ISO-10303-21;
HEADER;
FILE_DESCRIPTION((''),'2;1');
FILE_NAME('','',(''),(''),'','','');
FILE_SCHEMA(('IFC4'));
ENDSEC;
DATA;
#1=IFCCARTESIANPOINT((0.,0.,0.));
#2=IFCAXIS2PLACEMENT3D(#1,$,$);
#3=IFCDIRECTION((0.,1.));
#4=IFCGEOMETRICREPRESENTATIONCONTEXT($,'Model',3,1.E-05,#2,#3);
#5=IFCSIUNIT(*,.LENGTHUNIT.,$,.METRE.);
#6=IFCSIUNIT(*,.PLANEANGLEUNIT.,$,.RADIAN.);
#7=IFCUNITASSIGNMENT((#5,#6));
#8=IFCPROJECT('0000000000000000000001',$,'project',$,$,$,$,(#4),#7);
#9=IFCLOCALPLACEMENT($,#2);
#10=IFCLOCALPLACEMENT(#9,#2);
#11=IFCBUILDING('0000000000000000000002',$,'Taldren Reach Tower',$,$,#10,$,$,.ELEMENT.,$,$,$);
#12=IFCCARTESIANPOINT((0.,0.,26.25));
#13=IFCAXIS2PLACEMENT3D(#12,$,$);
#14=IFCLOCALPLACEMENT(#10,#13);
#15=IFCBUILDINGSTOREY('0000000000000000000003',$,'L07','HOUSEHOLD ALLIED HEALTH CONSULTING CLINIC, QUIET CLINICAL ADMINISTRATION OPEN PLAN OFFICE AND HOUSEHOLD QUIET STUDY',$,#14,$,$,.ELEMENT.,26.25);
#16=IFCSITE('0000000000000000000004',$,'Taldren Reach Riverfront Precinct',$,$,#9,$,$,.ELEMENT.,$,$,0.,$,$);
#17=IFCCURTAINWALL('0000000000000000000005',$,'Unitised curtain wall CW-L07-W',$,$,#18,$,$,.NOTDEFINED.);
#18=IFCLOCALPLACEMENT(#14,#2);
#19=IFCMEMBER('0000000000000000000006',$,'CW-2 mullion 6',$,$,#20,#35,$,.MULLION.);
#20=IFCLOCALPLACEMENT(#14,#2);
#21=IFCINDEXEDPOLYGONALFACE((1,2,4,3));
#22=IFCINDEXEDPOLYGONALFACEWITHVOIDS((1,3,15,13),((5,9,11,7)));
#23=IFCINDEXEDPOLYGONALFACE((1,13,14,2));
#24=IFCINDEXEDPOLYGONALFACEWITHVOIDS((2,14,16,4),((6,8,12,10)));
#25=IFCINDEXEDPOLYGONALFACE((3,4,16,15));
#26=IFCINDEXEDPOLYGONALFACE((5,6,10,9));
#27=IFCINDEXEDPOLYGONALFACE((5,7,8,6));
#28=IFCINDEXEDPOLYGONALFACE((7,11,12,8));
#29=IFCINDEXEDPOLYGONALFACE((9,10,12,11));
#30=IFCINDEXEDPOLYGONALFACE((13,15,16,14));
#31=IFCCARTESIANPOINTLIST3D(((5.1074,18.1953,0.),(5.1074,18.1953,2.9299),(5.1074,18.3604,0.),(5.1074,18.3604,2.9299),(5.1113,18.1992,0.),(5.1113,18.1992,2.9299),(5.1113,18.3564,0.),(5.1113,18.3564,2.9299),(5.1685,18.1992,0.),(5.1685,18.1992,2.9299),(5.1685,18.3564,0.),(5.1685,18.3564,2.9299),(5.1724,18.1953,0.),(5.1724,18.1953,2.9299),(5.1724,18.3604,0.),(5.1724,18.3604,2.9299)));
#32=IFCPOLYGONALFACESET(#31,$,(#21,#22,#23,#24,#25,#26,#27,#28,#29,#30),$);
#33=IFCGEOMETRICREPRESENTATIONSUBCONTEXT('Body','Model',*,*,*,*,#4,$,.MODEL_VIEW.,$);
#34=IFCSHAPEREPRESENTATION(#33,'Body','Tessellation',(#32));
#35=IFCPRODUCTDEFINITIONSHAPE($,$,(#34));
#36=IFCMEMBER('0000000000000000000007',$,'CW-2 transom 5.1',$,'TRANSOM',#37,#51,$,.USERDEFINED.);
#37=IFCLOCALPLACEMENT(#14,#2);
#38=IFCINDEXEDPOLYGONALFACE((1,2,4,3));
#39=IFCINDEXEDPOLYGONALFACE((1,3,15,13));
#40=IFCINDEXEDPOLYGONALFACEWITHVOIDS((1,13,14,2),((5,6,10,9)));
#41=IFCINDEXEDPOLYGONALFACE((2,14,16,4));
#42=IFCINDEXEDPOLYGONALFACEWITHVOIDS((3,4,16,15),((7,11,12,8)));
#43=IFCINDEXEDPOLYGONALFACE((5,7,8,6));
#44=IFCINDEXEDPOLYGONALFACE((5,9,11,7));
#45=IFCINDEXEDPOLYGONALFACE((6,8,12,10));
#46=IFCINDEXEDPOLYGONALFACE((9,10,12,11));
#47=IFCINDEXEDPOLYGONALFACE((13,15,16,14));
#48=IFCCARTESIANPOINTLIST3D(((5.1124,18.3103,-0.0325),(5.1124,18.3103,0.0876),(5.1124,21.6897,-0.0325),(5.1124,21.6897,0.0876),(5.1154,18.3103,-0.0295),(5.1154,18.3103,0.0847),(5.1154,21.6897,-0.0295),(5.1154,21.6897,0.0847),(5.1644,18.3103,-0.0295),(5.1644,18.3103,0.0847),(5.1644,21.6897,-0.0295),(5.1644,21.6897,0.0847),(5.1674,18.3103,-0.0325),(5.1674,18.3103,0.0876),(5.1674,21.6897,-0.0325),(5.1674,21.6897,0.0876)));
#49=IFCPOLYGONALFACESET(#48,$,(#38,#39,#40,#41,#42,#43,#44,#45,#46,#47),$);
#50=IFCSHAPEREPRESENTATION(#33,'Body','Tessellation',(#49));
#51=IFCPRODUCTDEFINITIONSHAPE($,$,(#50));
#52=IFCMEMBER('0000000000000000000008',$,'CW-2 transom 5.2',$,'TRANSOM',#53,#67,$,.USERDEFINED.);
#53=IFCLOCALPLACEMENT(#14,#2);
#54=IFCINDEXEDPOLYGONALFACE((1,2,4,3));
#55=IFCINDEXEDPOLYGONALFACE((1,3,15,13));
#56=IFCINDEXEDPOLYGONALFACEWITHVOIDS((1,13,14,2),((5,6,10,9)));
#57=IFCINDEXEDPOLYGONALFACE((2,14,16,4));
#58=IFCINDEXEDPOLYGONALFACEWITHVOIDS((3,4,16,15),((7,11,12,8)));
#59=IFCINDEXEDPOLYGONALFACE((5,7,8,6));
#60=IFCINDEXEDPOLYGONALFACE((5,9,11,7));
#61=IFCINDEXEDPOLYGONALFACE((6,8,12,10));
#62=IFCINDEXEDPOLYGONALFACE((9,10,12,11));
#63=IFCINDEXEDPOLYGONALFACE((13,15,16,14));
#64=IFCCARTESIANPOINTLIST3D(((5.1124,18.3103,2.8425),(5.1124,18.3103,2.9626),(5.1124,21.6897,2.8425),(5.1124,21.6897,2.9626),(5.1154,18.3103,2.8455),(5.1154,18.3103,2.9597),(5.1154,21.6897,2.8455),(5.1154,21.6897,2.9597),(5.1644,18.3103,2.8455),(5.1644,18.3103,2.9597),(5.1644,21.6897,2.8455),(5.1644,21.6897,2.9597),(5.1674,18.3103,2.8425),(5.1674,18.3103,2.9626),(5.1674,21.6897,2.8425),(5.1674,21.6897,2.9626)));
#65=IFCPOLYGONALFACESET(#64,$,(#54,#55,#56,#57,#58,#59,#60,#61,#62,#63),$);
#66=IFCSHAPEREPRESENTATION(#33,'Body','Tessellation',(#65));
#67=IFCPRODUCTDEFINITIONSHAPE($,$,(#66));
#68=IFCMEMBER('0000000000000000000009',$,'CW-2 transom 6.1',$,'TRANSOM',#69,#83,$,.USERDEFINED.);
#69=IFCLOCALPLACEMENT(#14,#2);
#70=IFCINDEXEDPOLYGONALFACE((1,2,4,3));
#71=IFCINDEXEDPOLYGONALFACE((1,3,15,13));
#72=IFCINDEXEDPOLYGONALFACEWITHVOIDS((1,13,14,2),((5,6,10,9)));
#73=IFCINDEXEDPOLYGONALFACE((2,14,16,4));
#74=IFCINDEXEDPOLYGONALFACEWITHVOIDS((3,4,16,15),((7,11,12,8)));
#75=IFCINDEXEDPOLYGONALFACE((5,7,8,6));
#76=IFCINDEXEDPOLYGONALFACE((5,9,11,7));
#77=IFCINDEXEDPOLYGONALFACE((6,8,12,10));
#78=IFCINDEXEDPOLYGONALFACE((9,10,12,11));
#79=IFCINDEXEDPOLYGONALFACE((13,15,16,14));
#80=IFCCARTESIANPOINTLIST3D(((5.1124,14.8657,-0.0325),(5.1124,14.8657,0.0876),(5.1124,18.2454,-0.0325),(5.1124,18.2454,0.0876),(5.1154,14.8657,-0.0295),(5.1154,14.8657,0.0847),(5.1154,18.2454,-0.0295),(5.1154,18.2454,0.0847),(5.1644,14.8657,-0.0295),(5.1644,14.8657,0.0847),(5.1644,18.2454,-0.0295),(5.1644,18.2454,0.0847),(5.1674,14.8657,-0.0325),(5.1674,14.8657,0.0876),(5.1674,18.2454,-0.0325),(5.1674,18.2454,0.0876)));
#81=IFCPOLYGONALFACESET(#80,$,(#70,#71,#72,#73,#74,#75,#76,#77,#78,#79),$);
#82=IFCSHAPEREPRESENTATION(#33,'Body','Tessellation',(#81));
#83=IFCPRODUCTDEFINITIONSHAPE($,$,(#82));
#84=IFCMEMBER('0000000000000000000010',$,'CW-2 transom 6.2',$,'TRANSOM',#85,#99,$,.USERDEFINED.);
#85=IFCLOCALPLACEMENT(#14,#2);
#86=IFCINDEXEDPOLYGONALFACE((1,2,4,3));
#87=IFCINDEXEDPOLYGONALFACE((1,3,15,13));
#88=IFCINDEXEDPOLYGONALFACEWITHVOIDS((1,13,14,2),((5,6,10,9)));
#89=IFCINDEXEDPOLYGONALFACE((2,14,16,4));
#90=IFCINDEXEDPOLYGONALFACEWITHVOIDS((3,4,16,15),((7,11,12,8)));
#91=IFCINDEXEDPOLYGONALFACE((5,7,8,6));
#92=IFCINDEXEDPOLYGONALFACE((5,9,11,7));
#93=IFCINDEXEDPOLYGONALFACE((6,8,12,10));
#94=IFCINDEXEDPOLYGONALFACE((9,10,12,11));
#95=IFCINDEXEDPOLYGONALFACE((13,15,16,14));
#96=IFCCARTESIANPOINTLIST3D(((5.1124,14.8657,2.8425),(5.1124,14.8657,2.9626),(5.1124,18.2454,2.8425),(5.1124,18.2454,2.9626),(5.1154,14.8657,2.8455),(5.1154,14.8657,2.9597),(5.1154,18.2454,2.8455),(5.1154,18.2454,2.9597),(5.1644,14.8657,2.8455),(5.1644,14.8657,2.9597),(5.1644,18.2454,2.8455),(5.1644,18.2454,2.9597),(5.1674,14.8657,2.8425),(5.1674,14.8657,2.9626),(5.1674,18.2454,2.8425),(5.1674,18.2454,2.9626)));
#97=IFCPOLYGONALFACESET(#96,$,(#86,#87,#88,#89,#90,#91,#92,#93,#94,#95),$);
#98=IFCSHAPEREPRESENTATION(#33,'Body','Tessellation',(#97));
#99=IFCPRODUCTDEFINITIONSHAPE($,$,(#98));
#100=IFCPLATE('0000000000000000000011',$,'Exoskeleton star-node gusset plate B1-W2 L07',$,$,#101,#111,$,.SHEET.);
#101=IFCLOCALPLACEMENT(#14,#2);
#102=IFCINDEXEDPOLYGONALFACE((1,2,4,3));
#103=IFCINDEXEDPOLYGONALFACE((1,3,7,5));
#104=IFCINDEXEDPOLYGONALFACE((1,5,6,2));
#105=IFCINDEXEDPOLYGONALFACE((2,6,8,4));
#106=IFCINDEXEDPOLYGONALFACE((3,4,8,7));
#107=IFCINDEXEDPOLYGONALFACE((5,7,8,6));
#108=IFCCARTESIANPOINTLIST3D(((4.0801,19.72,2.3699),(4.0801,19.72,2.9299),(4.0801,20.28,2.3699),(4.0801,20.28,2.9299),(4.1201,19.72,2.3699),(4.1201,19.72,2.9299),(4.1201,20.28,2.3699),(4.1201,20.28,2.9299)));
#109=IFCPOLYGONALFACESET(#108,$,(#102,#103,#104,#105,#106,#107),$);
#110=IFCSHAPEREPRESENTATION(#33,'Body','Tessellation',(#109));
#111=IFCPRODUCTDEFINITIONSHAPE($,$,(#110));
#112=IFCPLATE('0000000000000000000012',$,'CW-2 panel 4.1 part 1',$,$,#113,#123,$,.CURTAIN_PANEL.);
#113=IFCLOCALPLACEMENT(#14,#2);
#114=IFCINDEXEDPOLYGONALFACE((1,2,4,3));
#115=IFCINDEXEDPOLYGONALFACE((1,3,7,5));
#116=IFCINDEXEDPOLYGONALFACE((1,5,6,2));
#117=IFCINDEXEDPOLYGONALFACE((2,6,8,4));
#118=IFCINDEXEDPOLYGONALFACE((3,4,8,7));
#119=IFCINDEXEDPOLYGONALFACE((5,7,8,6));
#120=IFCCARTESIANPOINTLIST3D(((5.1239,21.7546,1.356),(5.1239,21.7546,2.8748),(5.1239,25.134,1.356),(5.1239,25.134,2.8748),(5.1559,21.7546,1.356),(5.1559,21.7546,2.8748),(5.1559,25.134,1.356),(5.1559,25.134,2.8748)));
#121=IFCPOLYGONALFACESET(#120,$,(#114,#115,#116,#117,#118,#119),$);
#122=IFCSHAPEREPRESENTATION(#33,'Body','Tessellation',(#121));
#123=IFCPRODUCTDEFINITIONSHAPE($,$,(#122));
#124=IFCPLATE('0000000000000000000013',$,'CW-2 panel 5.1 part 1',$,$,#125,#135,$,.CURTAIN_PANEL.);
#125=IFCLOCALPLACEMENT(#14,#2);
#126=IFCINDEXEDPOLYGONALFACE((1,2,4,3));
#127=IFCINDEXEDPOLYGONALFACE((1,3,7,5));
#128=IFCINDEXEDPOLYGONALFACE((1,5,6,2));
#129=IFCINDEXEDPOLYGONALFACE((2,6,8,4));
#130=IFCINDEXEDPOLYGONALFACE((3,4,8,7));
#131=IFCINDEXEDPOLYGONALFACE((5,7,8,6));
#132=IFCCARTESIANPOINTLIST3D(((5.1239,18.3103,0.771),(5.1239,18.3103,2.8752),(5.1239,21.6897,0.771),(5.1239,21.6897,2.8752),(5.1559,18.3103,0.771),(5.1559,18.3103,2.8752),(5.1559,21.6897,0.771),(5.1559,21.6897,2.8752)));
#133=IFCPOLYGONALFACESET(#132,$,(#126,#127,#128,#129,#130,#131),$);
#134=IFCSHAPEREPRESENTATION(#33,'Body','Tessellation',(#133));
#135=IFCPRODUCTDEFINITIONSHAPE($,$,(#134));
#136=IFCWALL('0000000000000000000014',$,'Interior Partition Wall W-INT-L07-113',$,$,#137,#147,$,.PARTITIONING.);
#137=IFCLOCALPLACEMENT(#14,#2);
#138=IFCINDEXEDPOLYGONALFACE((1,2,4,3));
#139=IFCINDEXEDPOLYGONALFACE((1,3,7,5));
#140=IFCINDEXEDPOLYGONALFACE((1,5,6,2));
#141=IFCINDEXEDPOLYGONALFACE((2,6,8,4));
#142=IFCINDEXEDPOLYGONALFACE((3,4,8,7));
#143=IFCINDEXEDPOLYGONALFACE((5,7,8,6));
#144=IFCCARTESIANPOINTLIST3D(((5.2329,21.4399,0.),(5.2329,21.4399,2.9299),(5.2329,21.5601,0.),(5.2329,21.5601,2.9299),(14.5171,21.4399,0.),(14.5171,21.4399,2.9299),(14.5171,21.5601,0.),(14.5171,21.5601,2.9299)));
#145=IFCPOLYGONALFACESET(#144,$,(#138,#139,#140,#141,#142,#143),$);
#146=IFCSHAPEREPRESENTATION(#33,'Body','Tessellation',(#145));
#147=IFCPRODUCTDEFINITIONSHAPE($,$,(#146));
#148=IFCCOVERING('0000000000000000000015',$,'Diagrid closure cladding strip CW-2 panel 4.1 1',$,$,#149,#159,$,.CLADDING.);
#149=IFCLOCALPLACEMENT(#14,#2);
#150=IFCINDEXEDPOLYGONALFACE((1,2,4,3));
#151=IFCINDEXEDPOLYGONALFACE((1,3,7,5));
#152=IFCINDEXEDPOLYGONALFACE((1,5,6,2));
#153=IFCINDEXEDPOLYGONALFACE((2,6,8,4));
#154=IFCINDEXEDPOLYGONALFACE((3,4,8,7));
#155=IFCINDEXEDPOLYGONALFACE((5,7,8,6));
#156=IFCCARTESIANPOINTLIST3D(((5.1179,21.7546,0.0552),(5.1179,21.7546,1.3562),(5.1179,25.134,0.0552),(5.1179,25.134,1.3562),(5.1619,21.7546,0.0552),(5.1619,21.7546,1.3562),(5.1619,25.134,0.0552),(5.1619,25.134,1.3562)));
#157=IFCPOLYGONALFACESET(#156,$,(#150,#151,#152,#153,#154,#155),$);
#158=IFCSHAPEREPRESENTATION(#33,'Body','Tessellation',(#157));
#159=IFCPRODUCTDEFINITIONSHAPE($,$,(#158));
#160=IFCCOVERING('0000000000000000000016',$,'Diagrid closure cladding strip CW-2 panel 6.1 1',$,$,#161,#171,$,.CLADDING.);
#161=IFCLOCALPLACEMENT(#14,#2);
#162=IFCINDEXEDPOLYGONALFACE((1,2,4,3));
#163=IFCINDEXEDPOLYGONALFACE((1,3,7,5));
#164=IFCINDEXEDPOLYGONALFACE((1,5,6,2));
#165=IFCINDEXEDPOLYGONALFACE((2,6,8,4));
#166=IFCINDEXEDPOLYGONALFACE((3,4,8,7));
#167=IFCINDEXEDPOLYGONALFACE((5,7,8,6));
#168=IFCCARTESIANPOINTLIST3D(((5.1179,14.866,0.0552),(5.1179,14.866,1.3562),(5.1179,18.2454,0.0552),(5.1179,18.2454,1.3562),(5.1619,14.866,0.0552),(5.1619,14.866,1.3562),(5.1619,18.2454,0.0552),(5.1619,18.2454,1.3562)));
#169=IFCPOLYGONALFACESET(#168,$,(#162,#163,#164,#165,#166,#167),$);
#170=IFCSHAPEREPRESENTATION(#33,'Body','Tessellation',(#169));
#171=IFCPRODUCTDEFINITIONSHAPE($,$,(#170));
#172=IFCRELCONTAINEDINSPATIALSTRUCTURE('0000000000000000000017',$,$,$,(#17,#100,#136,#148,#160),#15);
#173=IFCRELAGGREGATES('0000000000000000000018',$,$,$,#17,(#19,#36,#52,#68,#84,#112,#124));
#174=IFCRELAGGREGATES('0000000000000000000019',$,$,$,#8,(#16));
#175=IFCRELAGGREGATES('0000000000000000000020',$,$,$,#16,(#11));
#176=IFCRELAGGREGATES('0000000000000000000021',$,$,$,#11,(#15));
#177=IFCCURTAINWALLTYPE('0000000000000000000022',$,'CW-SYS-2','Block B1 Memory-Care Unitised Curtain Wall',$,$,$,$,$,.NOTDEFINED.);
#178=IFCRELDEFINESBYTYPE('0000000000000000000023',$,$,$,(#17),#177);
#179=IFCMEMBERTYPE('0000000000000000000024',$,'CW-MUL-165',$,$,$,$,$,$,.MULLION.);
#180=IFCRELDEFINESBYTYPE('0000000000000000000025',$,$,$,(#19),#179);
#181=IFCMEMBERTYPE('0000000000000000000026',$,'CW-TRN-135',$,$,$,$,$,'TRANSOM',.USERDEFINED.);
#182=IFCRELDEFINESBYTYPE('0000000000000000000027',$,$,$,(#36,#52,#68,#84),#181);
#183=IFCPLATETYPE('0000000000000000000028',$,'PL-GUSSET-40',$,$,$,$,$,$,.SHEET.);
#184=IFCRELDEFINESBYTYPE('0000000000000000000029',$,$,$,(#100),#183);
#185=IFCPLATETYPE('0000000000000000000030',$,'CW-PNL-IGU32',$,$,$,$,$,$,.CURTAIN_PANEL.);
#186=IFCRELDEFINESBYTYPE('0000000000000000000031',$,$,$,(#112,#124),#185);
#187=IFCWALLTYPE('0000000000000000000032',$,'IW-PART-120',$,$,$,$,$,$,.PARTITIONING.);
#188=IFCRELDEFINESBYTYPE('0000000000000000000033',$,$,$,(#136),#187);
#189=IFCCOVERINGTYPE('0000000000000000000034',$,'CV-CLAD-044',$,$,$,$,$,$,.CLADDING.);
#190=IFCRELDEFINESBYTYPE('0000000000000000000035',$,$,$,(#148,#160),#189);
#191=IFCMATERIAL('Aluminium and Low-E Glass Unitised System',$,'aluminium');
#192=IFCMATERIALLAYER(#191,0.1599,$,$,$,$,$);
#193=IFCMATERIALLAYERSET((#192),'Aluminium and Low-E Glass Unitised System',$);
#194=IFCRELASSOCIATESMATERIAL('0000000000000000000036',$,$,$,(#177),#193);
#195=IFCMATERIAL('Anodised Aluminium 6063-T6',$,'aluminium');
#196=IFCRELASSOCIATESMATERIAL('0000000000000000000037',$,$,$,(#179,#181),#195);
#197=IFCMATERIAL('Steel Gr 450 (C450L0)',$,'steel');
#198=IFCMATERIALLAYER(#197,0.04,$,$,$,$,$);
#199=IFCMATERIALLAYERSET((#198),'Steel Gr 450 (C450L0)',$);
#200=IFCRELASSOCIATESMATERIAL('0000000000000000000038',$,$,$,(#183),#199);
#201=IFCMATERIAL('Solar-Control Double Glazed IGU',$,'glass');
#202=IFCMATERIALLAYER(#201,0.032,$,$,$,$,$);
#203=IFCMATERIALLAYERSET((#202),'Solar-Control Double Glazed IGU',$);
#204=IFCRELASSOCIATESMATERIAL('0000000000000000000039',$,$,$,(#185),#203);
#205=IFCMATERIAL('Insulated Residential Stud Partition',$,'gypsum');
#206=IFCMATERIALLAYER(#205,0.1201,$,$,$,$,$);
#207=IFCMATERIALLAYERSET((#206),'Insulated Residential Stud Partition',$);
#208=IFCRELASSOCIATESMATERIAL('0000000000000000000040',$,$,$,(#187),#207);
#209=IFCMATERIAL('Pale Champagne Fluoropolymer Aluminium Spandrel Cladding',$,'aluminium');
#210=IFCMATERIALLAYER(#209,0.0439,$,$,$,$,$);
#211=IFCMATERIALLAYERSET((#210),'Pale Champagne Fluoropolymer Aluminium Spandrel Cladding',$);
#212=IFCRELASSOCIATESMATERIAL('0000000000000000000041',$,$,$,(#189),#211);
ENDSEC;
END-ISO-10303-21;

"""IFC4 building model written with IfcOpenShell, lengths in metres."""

from ifc_helpers import new_model, si_unit, direction, frame, frame_2d, origin, origin_2d, place, context, subcontext, project, spatial, rectangle, hollow_rectangle, extrude, source, transform, mapped, material, layer, layer_set, material_profile, profile_set, type_object, element, aggregate, save


model = new_model("IFC4")

# Units and contexts
model_context = context("Model", 3, precision=1e-05, world=origin(), true_north=direction((0.0, 1.0)))
body_context = subcontext(model_context, "Body", "Model", "MODEL_VIEW")
ifc_project = project(units=[si_unit("LENGTHUNIT", "METRE"), si_unit("PLANEANGLEUNIT", "RADIAN")], contexts=[model_context])

# Site, building, storey
site_placement = place(None, origin())
site = spatial("IfcSite", under=ifc_project, at=site_placement, Name="Taldren Reach Riverfront Precinct", CompositionType="ELEMENT", RefElevation=0.0)
building_placement = place(site_placement, origin())
building = spatial("IfcBuilding", under=site, at=building_placement, Name="Taldren Reach Tower", CompositionType="ELEMENT")
storey_placement = place(building_placement, frame((0.0, 0.0, 26.25)))
storey = spatial("IfcBuildingStorey", under=building, at=storey_placement, Name="L07", Description="HOUSEHOLD ALLIED HEALTH CONSULTING CLINIC, QUIET CLINICAL ADMINISTRATION OPEN PLAN OFFICE AND HOUSEHOLD QUIET STUDY", CompositionType="ELEMENT", Elevation=26.25)

# Shared definitions
ifc_material_1 = material(Name="Steel Gr 450 (C450L0)", Category="steel")

# Curtain wall, members
ifc_material_2 = material(Name="Aluminium and Low-E Glass Unitised System", Category="aluminium")
ifc_layer_1 = layer(ifc_material_2, 0.1599)
ifc_layer_set_1 = layer_set([ifc_layer_1], Name="Aluminium and Low-E Glass Unitised System")
curtain_wall_type = type_object("IfcCurtainWallType", Name="CW-SYS-2", Description="Block B1 Memory-Care Unitised Curtain Wall", PredefinedType="NOTDEFINED", material=ifc_layer_set_1)
curtain_wall_placement = place(storey_placement, origin())
curtain_wall = element("IfcCurtainWall", 1, at=curtain_wall_placement, inside=storey, type_object=curtain_wall_type, Name="Unitised curtain wall CW-L07-W", PredefinedType="NOTDEFINED")
ifc_material_3 = material(Name="Anodised Aluminium 6063-T6", Category="aluminium")
ifc_material_profile_1 = material_profile(ifc_material_3, hollow_rectangle(XDim=0.0649, YDim=0.165, WallThickness=0.0039, at=origin_2d()), Name="ALU-165x65x4RHS")
ifc_profile_set_1 = profile_set([ifc_material_profile_1], Name="Anodised Aluminium 6063-T6")
member_type_1 = type_object("IfcMemberType", Name="CW-MUL-165", PredefinedType="MULLION", material=ifc_profile_set_1)
shared_shape_1 = source(origin(), body_context, "Body", "SweptSolid", [
    extrude(hollow_rectangle(XDim=0.0649, YDim=0.165, WallThickness=0.0039, at=origin_2d()), origin(), (0.0, 0.0, 1.0), 2.9299),
])
member_1_placement = place(storey_placement, frame((5.1399, 18.2778, 0.0), z_axis=(0.0, 0.0, 1.0), x_axis=(1.0, 0.0, 0.0)))
member_1 = element("IfcMember", 2, at=member_1_placement, type_object=member_type_1, Name="CW-2 mullion 6", PredefinedType="MULLION", context=body_context, shape_type="MappedRepresentation", body=[
    mapped(shared_shape_1, transform((0.0, 0.0, 0.0), scale=1.0)),
])
ifc_material_profile_2 = material_profile(ifc_material_3, hollow_rectangle(XDim=0.0549, YDim=0.1201, WallThickness=0.0029, at=origin_2d()), Name="ALU-120x55x3RHS")
ifc_profile_set_2 = profile_set([ifc_material_profile_2], Name="Anodised Aluminium 6063-T6")
member_type_2 = type_object("IfcMemberType", Name="CW-TRN-135", ElementType="TRANSOM", PredefinedType="USERDEFINED", material=ifc_profile_set_2)
shared_shape_2 = source(origin(), body_context, "Body", "SweptSolid", [
    extrude(hollow_rectangle(XDim=0.0549, YDim=0.1201, WallThickness=0.0029, at=origin_2d()), origin(), (0.0, 0.0, 1.0), 3.3794),
])
member_2_placement = place(storey_placement, frame((5.1399, 21.6897, 0.0276), z_axis=(0.0, -1.0, 0.0), x_axis=(1.0, 0.0, 0.0)))
member_2 = element("IfcMember", 3, at=member_2_placement, type_object=member_type_2, Name="CW-2 transom 5.1", ObjectType="TRANSOM", PredefinedType="USERDEFINED", context=body_context, shape_type="MappedRepresentation", body=[
    mapped(shared_shape_2, transform((0.0, 0.0, 0.0), scale=1.0)),
])
member_3_placement = place(storey_placement, frame((5.1399, 21.6897, 2.9026), z_axis=(0.0, -1.0, 0.0), x_axis=(1.0, 0.0, 0.0)))
member_3 = element("IfcMember", 4, at=member_3_placement, type_object=member_type_2, Name="CW-2 transom 5.2", ObjectType="TRANSOM", PredefinedType="USERDEFINED", context=body_context, shape_type="MappedRepresentation", body=[
    mapped(shared_shape_2, transform((0.0, 0.0, 0.0), scale=1.0)),
])
shared_shape_3 = source(origin(), body_context, "Body", "SweptSolid", [
    extrude(hollow_rectangle(XDim=0.0549, YDim=0.1201, WallThickness=0.0029, at=origin_2d()), origin(), (0.0, 0.0, 1.0), 3.3796),
])
member_4_placement = place(storey_placement, frame((5.1399, 18.2454, 0.0276), z_axis=(0.0, -1.0, 0.0), x_axis=(1.0, 0.0, 0.0)))
member_4 = element("IfcMember", 5, at=member_4_placement, type_object=member_type_2, Name="CW-2 transom 6.1", ObjectType="TRANSOM", PredefinedType="USERDEFINED", context=body_context, shape_type="MappedRepresentation", body=[
    mapped(shared_shape_3, transform((0.0, 0.0, 0.0), scale=1.0)),
])
member_5_placement = place(storey_placement, frame((5.1399, 18.2454, 2.9026), z_axis=(0.0, -1.0, 0.0), x_axis=(1.0, 0.0, 0.0)))
member_5 = element("IfcMember", 6, at=member_5_placement, type_object=member_type_2, Name="CW-2 transom 6.2", ObjectType="TRANSOM", PredefinedType="USERDEFINED", context=body_context, shape_type="MappedRepresentation", body=[
    mapped(shared_shape_3, transform((0.0, 0.0, 0.0), scale=1.0)),
])

# Plates
ifc_layer_2 = layer(ifc_material_1, 0.04)
ifc_layer_set_2 = layer_set([ifc_layer_2], Name="Steel Gr 450 (C450L0)")
plate_type_1 = type_object("IfcPlateType", Name="PL-GUSSET-40", PredefinedType="SHEET", material=ifc_layer_set_2)
shared_shape_4 = source(origin(), body_context, "Body", "SweptSolid", [
    extrude(rectangle(XDim=0.5601, YDim=0.04, at=origin_2d()), origin(), (0.0, 0.0, 1.0), 0.5601),
])
plate_1_placement = place(storey_placement, frame((4.1001, 20.0, 2.3699), z_axis=(0.0, 0.0, 1.0), x_axis=(0.0, 1.0, 0.0)))
element("IfcPlate", 7, at=plate_1_placement, inside=storey, type_object=plate_type_1, Name="Exoskeleton star-node gusset plate B1-W2 L07", PredefinedType="SHEET", context=body_context, shape_type="MappedRepresentation", body=[
    mapped(shared_shape_4, transform((0.0, 0.0, 0.0), scale=1.0)),
])
ifc_material_4 = material(Name="Solar-Control Double Glazed IGU", Category="glass")
ifc_layer_3 = layer(ifc_material_4, 0.032)
ifc_layer_set_3 = layer_set([ifc_layer_3], Name="Solar-Control Double Glazed IGU")
plate_type_2 = type_object("IfcPlateType", Name="CW-PNL-IGU32", PredefinedType="CURTAIN_PANEL", material=ifc_layer_set_3)
shared_shape_5 = source(origin(), body_context, "Body", "SweptSolid", [
    extrude(rectangle(XDim=3.3794, YDim=0.032, at=origin_2d()), origin(), (0.0, 0.0, 1.0), 1.5188),
])
plate_2_placement = place(storey_placement, frame((5.1399, 23.4443, 1.356), z_axis=(0.0, 0.0, 1.0), x_axis=(0.0, -1.0, 0.0)))
plate_2 = element("IfcPlate", 8, at=plate_2_placement, type_object=plate_type_2, Name="CW-2 panel 4.1 part 1", PredefinedType="CURTAIN_PANEL", context=body_context, shape_type="MappedRepresentation", body=[
    mapped(shared_shape_5, transform((0.0, 0.0, 0.0), scale=1.0)),
])
shared_shape_6 = source(origin(), body_context, "Body", "SweptSolid", [
    extrude(rectangle(XDim=3.3794, YDim=0.032, at=origin_2d()), origin(), (0.0, 0.0, 1.0), 2.1042),
])
plate_3_placement = place(storey_placement, frame((5.1399, 20.0, 0.771), z_axis=(0.0, 0.0, 1.0), x_axis=(0.0, -1.0, 0.0)))
plate_3 = element("IfcPlate", 9, at=plate_3_placement, type_object=plate_type_2, Name="CW-2 panel 5.1 part 1", PredefinedType="CURTAIN_PANEL", context=body_context, shape_type="MappedRepresentation", body=[
    mapped(shared_shape_6, transform((0.0, 0.0, 0.0), scale=1.0)),
])
aggregate(curtain_wall, [member_1, member_2, member_3, member_4, member_5, plate_2, plate_3])

# Wall
ifc_material_5 = material(Name="Insulated Residential Stud Partition", Category="gypsum")
ifc_layer_4 = layer(ifc_material_5, 0.1201)
ifc_layer_set_4 = layer_set([ifc_layer_4], Name="Insulated Residential Stud Partition")
wall_type = type_object("IfcWallType", Name="IW-PART-120", PredefinedType="PARTITIONING", material=ifc_layer_set_4)
shared_shape_7 = source(origin(), body_context, "Body", "SweptSolid", [
    extrude(rectangle(XDim=9.2842, YDim=0.1201, at=frame_2d((4.6421, 0.0))), origin(), (0.0, 0.0, 1.0), 2.9299),
])
wall_placement = place(storey_placement, frame((5.2329, 21.5, 0.0), z_axis=(0.0, 0.0, 1.0), x_axis=(1.0, 0.0, 0.0)))
element("IfcWall", 10, at=wall_placement, inside=storey, type_object=wall_type, Name="Interior Partition Wall W-INT-L07-113", PredefinedType="PARTITIONING", context=body_context, shape_type="MappedRepresentation", body=[
    mapped(shared_shape_7, transform((0.0, 0.0, 0.0), scale=1.0)),
])

# Coverings
ifc_material_6 = material(Name="Pale Champagne Fluoropolymer Aluminium Spandrel Cladding", Category="aluminium")
ifc_layer_5 = layer(ifc_material_6, 0.0439)
ifc_layer_set_5 = layer_set([ifc_layer_5], Name="Pale Champagne Fluoropolymer Aluminium Spandrel Cladding")
covering_type = type_object("IfcCoveringType", Name="CV-CLAD-044", PredefinedType="CLADDING", material=ifc_layer_set_5)
shared_shape_8 = source(origin(), body_context, "Body", "SweptSolid", [
    extrude(rectangle(XDim=3.3794, YDim=0.0439, at=origin_2d()), origin(), (0.0, 0.0, 1.0), 1.301),
])
for number, where, z_axis, x_axis, name in (
    (11, (5.1399, 23.4443, 0.0552), (0.0, 0.0, 1.0), (0.0, -1.0, 0.0), "Diagrid closure cladding strip CW-2 panel 4.1 1"),
    (12, (5.1399, 16.5557, 0.0552), (0.0, 0.0, 1.0), (0.0, -1.0, 0.0), "Diagrid closure cladding strip CW-2 panel 6.1 1"),
):
    element("IfcCovering", number, at=place(storey_placement, frame(where, z_axis=z_axis, x_axis=x_axis)), inside=storey, type_object=covering_type, Name=name, PredefinedType="CLADDING", context=body_context, shape_type="MappedRepresentation", body=[
        mapped(shared_shape_8, transform((0.0, 0.0, 0.0), scale=1.0)),
    ])

save(model, "model.ifc")
